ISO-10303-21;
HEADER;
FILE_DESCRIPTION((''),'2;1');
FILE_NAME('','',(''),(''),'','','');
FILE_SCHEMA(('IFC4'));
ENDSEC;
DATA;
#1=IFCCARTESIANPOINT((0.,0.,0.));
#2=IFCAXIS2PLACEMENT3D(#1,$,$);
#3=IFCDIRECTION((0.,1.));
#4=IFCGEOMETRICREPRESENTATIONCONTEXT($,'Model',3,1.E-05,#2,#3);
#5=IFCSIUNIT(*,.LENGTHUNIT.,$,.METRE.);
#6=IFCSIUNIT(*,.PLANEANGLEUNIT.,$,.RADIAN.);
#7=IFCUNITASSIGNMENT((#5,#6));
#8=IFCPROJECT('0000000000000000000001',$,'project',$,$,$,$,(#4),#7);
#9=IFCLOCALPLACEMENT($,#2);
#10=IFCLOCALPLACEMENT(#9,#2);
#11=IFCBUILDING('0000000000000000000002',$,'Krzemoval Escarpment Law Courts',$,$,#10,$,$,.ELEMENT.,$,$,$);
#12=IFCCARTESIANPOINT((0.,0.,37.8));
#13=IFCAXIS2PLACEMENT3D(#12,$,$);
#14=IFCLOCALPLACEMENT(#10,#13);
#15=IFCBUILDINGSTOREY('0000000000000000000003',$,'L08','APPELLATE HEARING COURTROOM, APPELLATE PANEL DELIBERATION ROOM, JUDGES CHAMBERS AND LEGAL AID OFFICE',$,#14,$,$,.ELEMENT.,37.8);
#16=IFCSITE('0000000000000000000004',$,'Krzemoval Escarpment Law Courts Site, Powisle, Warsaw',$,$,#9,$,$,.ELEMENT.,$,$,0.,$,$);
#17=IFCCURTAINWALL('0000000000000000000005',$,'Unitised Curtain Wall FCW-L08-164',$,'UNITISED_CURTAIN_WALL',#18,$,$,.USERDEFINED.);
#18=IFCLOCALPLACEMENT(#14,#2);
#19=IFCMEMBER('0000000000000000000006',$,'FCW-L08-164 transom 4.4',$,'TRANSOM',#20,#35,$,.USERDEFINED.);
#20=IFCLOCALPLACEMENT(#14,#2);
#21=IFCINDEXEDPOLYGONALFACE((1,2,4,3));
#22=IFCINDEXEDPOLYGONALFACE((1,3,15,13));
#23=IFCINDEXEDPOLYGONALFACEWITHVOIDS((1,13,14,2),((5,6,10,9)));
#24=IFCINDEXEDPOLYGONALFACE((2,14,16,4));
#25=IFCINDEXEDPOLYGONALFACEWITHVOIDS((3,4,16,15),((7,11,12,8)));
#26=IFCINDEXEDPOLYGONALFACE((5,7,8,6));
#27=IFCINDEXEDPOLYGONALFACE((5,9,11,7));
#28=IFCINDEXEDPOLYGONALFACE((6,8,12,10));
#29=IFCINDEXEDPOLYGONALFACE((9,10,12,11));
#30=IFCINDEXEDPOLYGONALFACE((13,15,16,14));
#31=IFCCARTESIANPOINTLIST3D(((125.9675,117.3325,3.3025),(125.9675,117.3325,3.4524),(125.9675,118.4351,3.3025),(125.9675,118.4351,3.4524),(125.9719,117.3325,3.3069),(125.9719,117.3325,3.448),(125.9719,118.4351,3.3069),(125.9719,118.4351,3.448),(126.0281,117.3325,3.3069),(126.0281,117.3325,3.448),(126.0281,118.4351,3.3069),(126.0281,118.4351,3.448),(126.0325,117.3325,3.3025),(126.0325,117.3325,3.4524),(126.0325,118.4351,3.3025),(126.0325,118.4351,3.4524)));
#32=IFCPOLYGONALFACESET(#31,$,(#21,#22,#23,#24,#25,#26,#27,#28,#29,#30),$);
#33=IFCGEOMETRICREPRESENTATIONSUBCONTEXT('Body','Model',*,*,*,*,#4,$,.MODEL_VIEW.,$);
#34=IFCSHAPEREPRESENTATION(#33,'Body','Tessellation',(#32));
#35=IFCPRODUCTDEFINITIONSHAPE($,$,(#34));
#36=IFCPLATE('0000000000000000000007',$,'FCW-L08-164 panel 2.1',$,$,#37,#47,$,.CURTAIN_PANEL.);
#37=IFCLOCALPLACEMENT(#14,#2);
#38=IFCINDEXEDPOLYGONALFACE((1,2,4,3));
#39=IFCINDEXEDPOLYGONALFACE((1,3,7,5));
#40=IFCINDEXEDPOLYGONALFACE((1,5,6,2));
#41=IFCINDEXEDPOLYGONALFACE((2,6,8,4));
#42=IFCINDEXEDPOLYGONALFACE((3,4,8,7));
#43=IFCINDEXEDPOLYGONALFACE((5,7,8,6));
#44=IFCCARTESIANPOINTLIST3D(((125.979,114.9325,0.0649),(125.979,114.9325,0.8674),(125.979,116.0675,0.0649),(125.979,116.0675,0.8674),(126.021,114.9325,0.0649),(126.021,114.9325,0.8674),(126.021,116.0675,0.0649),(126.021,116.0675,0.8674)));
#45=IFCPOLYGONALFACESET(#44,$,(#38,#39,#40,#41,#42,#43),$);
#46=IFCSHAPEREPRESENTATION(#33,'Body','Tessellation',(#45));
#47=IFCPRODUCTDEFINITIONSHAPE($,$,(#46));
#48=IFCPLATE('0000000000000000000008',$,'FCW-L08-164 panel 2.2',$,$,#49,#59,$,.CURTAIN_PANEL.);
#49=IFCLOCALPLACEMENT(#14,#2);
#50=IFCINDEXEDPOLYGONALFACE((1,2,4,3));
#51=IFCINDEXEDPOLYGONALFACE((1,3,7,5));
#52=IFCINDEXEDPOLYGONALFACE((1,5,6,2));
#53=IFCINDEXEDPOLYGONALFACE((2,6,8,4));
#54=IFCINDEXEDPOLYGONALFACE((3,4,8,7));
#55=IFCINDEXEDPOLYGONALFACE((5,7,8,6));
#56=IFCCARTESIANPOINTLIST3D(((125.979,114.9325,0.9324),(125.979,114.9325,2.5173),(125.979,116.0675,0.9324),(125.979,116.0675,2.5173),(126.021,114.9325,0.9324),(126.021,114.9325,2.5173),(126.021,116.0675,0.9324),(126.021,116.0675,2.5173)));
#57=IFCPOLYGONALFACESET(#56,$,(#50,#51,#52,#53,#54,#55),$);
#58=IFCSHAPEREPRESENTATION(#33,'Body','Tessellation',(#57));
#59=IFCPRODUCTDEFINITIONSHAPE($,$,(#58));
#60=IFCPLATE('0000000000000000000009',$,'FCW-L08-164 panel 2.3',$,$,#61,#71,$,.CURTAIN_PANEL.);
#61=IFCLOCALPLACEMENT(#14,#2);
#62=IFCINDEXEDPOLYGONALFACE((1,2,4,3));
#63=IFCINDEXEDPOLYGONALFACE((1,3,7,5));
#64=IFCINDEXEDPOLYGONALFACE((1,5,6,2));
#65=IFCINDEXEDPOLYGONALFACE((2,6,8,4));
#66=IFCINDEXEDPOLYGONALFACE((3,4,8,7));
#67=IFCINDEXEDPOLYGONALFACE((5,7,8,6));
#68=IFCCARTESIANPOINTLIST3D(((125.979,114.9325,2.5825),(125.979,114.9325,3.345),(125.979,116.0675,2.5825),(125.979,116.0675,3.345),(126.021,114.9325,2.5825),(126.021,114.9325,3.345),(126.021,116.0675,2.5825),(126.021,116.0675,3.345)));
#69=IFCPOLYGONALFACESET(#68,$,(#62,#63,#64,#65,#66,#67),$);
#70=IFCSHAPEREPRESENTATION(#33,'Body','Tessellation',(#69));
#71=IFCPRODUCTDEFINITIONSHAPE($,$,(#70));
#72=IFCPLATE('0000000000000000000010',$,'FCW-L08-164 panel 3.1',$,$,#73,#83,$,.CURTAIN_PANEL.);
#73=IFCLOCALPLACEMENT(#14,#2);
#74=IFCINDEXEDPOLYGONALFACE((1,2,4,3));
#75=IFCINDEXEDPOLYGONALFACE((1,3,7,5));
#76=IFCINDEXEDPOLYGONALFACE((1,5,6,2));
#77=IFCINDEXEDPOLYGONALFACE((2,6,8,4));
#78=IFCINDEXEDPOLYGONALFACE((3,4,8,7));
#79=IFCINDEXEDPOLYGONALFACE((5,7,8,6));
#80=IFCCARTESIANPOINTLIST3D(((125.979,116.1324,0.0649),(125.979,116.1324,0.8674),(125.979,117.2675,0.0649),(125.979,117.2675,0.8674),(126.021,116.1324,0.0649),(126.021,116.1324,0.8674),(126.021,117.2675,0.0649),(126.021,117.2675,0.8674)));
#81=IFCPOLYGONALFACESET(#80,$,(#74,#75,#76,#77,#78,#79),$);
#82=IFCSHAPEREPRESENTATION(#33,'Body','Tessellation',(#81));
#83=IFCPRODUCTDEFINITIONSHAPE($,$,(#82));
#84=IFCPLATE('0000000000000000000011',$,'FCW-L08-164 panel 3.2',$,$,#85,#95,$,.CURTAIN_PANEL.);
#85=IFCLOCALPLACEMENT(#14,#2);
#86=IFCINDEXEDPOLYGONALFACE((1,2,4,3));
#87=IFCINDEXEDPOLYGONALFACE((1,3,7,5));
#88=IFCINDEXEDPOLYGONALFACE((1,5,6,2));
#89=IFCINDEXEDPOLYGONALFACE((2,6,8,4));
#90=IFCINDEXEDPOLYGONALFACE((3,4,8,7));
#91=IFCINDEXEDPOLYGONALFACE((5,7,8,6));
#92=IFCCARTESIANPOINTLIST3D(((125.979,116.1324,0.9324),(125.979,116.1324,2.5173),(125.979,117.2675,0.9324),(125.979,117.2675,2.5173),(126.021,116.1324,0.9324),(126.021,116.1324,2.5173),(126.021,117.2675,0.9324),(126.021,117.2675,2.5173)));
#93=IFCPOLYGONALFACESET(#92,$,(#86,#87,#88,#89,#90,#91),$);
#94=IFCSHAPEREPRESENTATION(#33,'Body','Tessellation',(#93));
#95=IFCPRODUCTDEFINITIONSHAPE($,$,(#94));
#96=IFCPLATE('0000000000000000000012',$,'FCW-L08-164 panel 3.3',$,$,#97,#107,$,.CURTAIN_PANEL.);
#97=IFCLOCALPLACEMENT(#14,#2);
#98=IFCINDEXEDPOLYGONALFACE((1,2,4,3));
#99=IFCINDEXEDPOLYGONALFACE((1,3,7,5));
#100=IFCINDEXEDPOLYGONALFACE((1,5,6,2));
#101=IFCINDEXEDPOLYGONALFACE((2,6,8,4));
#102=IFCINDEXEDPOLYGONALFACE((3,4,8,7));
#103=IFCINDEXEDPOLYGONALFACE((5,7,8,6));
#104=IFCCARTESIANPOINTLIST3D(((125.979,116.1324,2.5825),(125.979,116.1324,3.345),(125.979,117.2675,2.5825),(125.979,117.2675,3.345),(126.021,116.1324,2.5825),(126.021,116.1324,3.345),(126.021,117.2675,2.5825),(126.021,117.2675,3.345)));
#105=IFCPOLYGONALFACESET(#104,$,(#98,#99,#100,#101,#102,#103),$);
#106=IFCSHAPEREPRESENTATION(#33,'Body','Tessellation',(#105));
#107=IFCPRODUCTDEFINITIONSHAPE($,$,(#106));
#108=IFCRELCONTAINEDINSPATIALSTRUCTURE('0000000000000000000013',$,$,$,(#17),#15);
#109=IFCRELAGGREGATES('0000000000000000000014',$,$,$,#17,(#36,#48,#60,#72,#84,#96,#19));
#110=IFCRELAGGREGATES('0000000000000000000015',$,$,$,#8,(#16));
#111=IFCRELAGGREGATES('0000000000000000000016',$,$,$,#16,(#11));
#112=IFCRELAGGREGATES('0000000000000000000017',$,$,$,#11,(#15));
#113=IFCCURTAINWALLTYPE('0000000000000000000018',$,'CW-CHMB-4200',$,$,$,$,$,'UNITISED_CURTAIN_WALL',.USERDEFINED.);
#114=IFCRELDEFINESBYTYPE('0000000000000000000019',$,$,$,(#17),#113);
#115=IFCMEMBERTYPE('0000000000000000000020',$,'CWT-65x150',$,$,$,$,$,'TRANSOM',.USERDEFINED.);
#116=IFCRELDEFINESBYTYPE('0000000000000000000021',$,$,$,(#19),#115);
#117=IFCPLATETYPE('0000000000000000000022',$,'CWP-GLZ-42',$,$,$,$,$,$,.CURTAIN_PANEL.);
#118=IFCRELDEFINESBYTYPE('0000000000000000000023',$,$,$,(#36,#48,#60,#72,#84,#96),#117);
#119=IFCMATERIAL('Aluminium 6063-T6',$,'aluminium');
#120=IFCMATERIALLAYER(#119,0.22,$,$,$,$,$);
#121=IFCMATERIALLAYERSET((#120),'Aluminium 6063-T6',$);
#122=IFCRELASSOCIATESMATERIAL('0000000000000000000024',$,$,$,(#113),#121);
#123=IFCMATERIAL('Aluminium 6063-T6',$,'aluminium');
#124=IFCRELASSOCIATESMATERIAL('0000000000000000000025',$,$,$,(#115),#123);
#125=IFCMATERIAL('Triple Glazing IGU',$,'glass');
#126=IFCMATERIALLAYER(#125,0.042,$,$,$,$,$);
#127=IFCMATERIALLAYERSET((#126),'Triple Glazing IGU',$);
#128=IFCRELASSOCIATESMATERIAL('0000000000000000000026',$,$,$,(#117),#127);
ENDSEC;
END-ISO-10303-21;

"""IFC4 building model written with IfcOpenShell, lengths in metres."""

from ifc_helpers import new_model, si_unit, direction, frame, origin, origin_2d, place, context, subcontext, project, spatial, rectangle, hollow_rectangle, extrude, material, layer, layer_set, material_profile, profile_set, type_object, element, aggregate, save


model = new_model("IFC4")

# Units and contexts
model_context = context("Model", 3, precision=1e-05, world=origin(), true_north=direction((0.0, 1.0)))
body_context = subcontext(model_context, "Body", "Model", "MODEL_VIEW")
ifc_project = project(units=[si_unit("LENGTHUNIT", "METRE"), si_unit("PLANEANGLEUNIT", "RADIAN")], contexts=[model_context])

# Site, building, storey
site_placement = place(None, origin())
site = spatial("IfcSite", under=ifc_project, at=site_placement, Name="Krzemoval Escarpment Law Courts Site, Powisle, Warsaw", CompositionType="ELEMENT", RefElevation=0.0)
building_placement = place(site_placement, origin())
building = spatial("IfcBuilding", under=site, at=building_placement, Name="Krzemoval Escarpment Law Courts", CompositionType="ELEMENT")
storey_placement = place(building_placement, frame((0.0, 0.0, 37.8)))
storey = spatial("IfcBuildingStorey", under=building, at=storey_placement, Name="L08", Description="APPELLATE HEARING COURTROOM, APPELLATE PANEL DELIBERATION ROOM, JUDGES CHAMBERS AND LEGAL AID OFFICE", CompositionType="ELEMENT", Elevation=37.8)

# Curtain wall, member, plates
ifc_material_1 = material(Name="Aluminium 6063-T6", Category="aluminium")
ifc_layer_1 = layer(ifc_material_1, 0.22)
ifc_layer_set_1 = layer_set([ifc_layer_1], Name="Aluminium 6063-T6")
curtain_wall_type = type_object("IfcCurtainWallType", Name="CW-CHMB-4200", ElementType="UNITISED_CURTAIN_WALL", PredefinedType="USERDEFINED", material=ifc_layer_set_1)
curtain_wall_placement = place(storey_placement, origin())
curtain_wall = element("IfcCurtainWall", 1, at=curtain_wall_placement, inside=storey, type_object=curtain_wall_type, Name="Unitised Curtain Wall FCW-L08-164", ObjectType="UNITISED_CURTAIN_WALL", PredefinedType="USERDEFINED")
ifc_material_2 = material(Name="Aluminium 6063-T6", Category="aluminium")
ifc_material_profile_1 = material_profile(ifc_material_2, hollow_rectangle(XDim=0.0649, YDim=0.1499, WallThickness=0.0044, at=origin_2d()), Name="ALU T65x150")
ifc_profile_set_1 = profile_set([ifc_material_profile_1], Name="Aluminium 6063-T6")
member_type_1 = type_object("IfcMemberType", Name="CWT-65x150", ElementType="TRANSOM", PredefinedType="USERDEFINED", material=ifc_profile_set_1)
member_1_placement = place(storey_placement, frame((126.0, 117.3325, 3.3774), z_axis=(0.0, 1.0, 0.0), x_axis=(-1.0, 0.0, 0.0)))
member_1 = element("IfcMember", 2, at=member_1_placement, type_object=member_type_1, Name="FCW-L08-164 transom 4.4", ObjectType="TRANSOM", PredefinedType="USERDEFINED", context=body_context, shape_type="SweptSolid", body=[
    extrude(hollow_rectangle(XDim=0.0649, YDim=0.1499, WallThickness=0.0044, at=origin_2d()), origin(), (0.0, 0.0, 1.0), 1.1025),
])
ifc_material_3 = material(Name="Triple Glazing IGU", Category="glass")
ifc_layer_2 = layer(ifc_material_3, 0.042)
ifc_layer_set_2 = layer_set([ifc_layer_2], Name="Triple Glazing IGU")
plate_type = type_object("IfcPlateType", Name="CWP-GLZ-42", PredefinedType="CURTAIN_PANEL", material=ifc_layer_set_2)
plate_1_placement = place(storey_placement, frame((126.0, 115.5, 0.0649), z_axis=(0.0, 0.0, 1.0), x_axis=(0.0, 1.0, 0.0)))
plate_1 = element("IfcPlate", 3, at=plate_1_placement, type_object=plate_type, Name="FCW-L08-164 panel 2.1", PredefinedType="CURTAIN_PANEL", context=body_context, shape_type="SweptSolid", body=[
    extrude(rectangle(XDim=1.135, YDim=0.042, at=origin_2d()), origin(), (0.0, 0.0, 1.0), 0.8025),
])
plate_2_placement = place(storey_placement, frame((126.0, 115.5, 0.9324), z_axis=(0.0, 0.0, 1.0), x_axis=(0.0, 1.0, 0.0)))
plate_2 = element("IfcPlate", 4, at=plate_2_placement, type_object=plate_type, Name="FCW-L08-164 panel 2.2", PredefinedType="CURTAIN_PANEL", context=body_context, shape_type="SweptSolid", body=[
    extrude(rectangle(XDim=1.135, YDim=0.042, at=origin_2d()), origin(), (0.0, 0.0, 1.0), 1.585),
])
plate_3_placement = place(storey_placement, frame((126.0, 115.5, 2.5825), z_axis=(0.0, 0.0, 1.0), x_axis=(0.0, 1.0, 0.0)))
plate_3 = element("IfcPlate", 5, at=plate_3_placement, type_object=plate_type, Name="FCW-L08-164 panel 2.3", PredefinedType="CURTAIN_PANEL", context=body_context, shape_type="SweptSolid", body=[
    extrude(rectangle(XDim=1.135, YDim=0.042, at=origin_2d()), origin(), (0.0, 0.0, 1.0), 0.7625),
])
plate_4_placement = place(storey_placement, frame((126.0, 116.7, 0.0649), z_axis=(0.0, 0.0, 1.0), x_axis=(0.0, 1.0, 0.0)))
plate_4 = element("IfcPlate", 6, at=plate_4_placement, type_object=plate_type, Name="FCW-L08-164 panel 3.1", PredefinedType="CURTAIN_PANEL", context=body_context, shape_type="SweptSolid", body=[
    extrude(rectangle(XDim=1.135, YDim=0.042, at=origin_2d()), origin(), (0.0, 0.0, 1.0), 0.8025),
])
plate_5_placement = place(storey_placement, frame((126.0, 116.7, 0.9324), z_axis=(0.0, 0.0, 1.0), x_axis=(0.0, 1.0, 0.0)))
plate_5 = element("IfcPlate", 7, at=plate_5_placement, type_object=plate_type, Name="FCW-L08-164 panel 3.2", PredefinedType="CURTAIN_PANEL", context=body_context, shape_type="SweptSolid", body=[
    extrude(rectangle(XDim=1.135, YDim=0.042, at=origin_2d()), origin(), (0.0, 0.0, 1.0), 1.585),
])
plate_6_placement = place(storey_placement, frame((126.0, 116.7, 2.5825), z_axis=(0.0, 0.0, 1.0), x_axis=(0.0, 1.0, 0.0)))
plate_6 = element("IfcPlate", 8, at=plate_6_placement, type_object=plate_type, Name="FCW-L08-164 panel 3.3", PredefinedType="CURTAIN_PANEL", context=body_context, shape_type="SweptSolid", body=[
    extrude(rectangle(XDim=1.135, YDim=0.042, at=origin_2d()), origin(), (0.0, 0.0, 1.0), 0.7625),
])
aggregate(curtain_wall, [plate_1, plate_2, plate_3, plate_4, plate_5, plate_6, member_1])

save(model, "model.ifc")
